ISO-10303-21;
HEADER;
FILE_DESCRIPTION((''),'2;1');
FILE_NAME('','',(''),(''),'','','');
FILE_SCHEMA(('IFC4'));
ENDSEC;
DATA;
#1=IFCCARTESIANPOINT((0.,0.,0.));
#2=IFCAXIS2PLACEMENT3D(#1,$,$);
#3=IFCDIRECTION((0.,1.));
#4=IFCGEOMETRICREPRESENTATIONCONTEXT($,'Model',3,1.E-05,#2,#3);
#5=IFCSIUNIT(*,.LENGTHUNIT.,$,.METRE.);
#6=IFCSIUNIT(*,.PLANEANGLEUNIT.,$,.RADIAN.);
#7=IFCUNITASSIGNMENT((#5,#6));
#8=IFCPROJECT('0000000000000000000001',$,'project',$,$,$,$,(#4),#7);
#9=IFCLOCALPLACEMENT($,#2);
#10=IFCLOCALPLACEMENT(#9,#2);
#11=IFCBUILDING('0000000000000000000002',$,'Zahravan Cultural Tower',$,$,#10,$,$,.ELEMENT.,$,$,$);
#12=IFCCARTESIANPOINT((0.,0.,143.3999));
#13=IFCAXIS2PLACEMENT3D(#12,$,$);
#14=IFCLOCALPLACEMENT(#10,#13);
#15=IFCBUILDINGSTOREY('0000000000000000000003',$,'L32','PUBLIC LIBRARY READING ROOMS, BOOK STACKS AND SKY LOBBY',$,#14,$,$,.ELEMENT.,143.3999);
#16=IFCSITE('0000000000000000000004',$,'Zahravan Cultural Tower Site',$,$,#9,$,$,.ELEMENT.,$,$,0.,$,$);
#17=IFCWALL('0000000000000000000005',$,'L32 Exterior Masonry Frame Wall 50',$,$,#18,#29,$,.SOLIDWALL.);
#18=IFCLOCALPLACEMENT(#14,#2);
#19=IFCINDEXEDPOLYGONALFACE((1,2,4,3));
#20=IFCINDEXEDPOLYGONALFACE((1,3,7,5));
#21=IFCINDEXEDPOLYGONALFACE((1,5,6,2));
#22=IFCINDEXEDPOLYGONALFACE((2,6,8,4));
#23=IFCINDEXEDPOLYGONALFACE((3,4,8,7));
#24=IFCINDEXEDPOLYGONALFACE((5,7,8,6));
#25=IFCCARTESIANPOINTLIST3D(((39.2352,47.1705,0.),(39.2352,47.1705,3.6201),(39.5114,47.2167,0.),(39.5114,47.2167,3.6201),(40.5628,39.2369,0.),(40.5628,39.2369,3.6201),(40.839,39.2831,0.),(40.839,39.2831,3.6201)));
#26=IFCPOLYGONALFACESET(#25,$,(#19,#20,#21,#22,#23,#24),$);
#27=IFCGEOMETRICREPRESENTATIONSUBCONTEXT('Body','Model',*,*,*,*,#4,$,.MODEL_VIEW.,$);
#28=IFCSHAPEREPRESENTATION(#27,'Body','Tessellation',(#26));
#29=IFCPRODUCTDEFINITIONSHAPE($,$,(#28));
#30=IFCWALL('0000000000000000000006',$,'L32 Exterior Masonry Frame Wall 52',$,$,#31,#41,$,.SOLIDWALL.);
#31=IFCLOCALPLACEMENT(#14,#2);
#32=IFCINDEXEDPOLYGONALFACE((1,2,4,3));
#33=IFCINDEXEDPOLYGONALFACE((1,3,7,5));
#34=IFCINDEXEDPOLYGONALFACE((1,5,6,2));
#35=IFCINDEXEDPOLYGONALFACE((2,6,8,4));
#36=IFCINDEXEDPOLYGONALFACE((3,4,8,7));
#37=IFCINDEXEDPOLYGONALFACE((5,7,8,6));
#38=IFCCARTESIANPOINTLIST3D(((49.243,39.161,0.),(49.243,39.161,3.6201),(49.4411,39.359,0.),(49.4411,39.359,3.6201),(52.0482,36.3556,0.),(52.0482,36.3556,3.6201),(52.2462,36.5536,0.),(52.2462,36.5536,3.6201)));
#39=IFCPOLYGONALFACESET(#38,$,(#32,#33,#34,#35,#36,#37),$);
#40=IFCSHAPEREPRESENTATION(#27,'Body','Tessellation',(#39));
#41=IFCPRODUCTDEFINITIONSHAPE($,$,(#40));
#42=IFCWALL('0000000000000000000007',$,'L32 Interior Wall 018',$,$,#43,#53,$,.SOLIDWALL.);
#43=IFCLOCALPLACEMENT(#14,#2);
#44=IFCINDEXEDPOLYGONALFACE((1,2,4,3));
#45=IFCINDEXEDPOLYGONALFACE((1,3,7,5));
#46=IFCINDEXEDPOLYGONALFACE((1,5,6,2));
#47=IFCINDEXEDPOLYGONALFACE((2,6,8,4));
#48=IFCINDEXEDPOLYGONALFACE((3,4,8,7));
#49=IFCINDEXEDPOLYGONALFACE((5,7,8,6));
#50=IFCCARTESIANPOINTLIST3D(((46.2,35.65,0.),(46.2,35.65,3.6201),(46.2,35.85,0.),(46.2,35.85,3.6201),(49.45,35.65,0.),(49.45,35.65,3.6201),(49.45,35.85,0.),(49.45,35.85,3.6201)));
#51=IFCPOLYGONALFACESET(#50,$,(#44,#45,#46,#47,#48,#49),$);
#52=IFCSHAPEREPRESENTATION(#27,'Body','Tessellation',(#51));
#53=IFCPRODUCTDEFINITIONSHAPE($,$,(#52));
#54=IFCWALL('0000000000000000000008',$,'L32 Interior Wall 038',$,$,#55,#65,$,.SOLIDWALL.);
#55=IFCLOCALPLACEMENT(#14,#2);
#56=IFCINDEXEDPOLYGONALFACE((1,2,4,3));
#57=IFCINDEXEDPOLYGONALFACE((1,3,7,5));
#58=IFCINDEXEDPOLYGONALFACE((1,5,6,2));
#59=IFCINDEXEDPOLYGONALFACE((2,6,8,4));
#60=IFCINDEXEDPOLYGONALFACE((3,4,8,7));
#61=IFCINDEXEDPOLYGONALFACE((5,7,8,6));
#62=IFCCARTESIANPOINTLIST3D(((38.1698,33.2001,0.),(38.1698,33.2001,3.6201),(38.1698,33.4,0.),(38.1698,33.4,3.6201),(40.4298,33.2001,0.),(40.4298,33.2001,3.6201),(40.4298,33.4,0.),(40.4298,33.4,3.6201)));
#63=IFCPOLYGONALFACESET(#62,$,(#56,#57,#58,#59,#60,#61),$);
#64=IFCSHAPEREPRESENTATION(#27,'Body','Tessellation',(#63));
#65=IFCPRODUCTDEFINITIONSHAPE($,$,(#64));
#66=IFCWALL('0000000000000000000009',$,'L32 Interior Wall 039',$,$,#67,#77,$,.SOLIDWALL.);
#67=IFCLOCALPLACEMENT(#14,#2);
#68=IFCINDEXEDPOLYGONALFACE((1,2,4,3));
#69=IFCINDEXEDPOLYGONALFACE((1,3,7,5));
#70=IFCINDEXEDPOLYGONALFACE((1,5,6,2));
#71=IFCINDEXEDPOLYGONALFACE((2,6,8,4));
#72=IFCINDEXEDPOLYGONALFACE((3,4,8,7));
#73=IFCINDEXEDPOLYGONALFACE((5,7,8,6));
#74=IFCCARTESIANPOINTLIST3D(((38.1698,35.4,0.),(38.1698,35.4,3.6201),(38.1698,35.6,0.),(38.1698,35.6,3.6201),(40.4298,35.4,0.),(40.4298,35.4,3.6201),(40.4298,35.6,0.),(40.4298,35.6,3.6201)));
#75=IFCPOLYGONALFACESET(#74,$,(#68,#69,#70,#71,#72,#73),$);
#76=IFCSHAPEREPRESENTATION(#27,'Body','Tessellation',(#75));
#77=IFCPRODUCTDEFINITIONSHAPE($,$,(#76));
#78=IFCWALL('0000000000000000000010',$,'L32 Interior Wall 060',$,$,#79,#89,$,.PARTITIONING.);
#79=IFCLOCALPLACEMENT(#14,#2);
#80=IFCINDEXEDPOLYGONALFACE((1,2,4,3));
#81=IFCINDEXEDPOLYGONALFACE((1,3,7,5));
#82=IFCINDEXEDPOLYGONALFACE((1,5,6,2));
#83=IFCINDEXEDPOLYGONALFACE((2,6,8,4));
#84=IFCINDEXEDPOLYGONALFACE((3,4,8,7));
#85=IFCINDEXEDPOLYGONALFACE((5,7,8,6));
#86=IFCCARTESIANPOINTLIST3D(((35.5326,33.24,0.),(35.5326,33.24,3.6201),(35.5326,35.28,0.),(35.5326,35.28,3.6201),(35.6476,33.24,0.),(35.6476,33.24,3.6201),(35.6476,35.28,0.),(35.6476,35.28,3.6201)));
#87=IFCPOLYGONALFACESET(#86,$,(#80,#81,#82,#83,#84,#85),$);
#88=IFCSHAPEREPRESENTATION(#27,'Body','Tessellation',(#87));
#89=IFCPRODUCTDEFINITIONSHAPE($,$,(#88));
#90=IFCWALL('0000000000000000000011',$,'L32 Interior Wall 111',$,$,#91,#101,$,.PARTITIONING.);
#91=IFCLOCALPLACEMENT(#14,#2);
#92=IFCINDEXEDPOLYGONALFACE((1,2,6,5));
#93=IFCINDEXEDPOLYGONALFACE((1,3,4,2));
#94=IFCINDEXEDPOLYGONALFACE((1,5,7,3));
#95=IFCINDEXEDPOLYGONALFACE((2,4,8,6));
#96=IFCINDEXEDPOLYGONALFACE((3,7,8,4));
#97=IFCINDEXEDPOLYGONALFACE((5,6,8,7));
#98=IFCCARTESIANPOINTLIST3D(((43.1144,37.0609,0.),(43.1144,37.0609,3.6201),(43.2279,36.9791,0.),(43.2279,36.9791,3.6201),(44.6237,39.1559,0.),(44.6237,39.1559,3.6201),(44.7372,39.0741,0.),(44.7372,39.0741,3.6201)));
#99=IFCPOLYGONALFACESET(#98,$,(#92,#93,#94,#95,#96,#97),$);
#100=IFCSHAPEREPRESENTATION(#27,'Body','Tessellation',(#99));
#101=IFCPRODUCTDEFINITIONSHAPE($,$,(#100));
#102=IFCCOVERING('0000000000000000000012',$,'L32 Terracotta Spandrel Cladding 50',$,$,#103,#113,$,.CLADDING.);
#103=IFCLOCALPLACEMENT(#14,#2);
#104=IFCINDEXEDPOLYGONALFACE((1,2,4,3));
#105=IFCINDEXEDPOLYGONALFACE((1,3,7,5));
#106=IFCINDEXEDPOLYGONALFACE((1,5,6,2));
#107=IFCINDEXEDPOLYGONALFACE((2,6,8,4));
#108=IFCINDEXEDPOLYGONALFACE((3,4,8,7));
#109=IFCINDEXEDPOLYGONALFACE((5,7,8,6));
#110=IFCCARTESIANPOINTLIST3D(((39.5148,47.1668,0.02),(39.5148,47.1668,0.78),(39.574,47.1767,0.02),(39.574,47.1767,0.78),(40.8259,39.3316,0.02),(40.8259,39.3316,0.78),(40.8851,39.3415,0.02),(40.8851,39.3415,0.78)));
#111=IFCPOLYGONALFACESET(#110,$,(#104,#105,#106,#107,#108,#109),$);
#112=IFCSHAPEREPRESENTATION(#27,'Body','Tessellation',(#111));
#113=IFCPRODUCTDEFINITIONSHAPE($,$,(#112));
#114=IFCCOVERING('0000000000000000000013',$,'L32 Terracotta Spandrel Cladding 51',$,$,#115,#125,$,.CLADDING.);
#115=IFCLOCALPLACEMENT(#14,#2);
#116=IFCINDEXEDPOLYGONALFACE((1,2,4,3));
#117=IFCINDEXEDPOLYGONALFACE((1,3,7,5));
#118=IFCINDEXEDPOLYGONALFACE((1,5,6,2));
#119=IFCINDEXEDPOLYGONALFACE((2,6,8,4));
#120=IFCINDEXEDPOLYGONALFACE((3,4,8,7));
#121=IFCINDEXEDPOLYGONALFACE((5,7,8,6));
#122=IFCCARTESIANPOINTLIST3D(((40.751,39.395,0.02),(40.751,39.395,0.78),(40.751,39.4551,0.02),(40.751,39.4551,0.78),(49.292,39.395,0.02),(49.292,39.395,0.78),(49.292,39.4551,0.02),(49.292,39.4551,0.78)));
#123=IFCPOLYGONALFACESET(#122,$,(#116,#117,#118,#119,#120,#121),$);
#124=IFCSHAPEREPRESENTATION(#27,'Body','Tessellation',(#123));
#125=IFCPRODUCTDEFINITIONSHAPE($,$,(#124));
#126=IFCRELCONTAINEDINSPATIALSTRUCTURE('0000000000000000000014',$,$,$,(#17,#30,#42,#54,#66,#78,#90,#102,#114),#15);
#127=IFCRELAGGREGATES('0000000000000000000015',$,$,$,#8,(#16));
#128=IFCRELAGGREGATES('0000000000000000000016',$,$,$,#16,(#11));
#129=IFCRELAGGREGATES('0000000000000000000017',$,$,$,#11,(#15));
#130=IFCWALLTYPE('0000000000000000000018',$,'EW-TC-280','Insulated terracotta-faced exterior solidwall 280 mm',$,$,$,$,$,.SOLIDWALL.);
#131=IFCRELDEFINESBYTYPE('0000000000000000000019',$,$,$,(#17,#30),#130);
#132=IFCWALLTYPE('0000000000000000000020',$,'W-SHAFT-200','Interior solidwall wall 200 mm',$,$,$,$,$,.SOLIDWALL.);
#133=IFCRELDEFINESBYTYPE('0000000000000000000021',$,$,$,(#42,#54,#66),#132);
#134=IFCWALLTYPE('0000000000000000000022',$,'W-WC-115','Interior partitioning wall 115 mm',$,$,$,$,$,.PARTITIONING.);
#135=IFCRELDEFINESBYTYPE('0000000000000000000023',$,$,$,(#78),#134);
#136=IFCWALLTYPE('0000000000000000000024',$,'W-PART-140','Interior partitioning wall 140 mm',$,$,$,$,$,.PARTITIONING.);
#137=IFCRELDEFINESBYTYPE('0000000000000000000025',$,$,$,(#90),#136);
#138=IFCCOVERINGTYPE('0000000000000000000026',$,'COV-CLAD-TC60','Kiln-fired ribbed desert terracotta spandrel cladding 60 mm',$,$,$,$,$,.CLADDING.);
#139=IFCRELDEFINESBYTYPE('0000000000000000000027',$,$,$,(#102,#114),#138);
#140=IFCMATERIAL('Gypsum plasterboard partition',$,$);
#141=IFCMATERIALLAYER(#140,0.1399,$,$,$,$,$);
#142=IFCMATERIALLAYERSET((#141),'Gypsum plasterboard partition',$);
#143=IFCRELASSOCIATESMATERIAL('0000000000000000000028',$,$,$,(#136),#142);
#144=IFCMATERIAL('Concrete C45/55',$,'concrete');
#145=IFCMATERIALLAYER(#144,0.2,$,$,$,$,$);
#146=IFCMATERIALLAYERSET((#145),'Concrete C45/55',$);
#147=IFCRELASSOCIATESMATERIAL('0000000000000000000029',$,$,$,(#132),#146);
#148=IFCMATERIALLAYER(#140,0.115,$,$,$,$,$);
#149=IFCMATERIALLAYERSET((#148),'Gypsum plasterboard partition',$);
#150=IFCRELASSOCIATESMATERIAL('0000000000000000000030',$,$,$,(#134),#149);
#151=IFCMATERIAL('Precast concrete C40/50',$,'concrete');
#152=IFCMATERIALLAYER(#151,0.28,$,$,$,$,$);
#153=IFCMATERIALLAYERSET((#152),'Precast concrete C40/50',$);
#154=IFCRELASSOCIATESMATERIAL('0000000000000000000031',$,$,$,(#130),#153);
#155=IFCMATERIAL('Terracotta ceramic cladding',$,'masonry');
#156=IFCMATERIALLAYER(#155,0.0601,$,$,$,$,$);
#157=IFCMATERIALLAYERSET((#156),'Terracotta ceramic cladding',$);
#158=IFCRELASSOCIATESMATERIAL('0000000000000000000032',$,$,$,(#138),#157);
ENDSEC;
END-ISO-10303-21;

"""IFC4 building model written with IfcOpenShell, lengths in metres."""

from ifc_helpers import new_model, si_unit, direction, frame, frame_2d, origin, origin_2d, place, context, subcontext, project, spatial, rectangle, extrude, source, transform, mapped, material, layer, layer_set, type_object, element, save


model = new_model("IFC4")

# Units and contexts
model_context = context("Model", 3, precision=1e-05, world=origin(), true_north=direction((0.0, 1.0)))
body_context = subcontext(model_context, "Body", "Model", "MODEL_VIEW")
ifc_project = project(units=[si_unit("LENGTHUNIT", "METRE"), si_unit("PLANEANGLEUNIT", "RADIAN")], contexts=[model_context])

# Site, building, storey
site_placement = place(None, origin())
site = spatial("IfcSite", under=ifc_project, at=site_placement, Name="Zahravan Cultural Tower Site", CompositionType="ELEMENT", RefElevation=0.0)
building_placement = place(site_placement, origin())
building = spatial("IfcBuilding", under=site, at=building_placement, Name="Zahravan Cultural Tower", CompositionType="ELEMENT")
storey_placement = place(building_placement, frame((0.0, 0.0, 143.3999)))
storey = spatial("IfcBuildingStorey", under=building, at=storey_placement, Name="L32", Description="PUBLIC LIBRARY READING ROOMS, BOOK STACKS AND SKY LOBBY", CompositionType="ELEMENT", Elevation=143.3999)

# Shared definitions
ifc_material_1 = material(Name="Gypsum plasterboard partition")
ifc_layer_1 = layer(ifc_material_1, 0.1399)
ifc_layer_set_1 = layer_set([ifc_layer_1], Name="Gypsum plasterboard partition")
wall_type_1 = type_object("IfcWallType", Name="W-PART-140", Description="Interior partitioning wall 140 mm", PredefinedType="PARTITIONING", material=ifc_layer_set_1)
ifc_material_2 = material(Name="Concrete C45/55", Category="concrete")
ifc_layer_2 = layer(ifc_material_2, 0.2)
ifc_layer_set_2 = layer_set([ifc_layer_2], Name="Concrete C45/55")
wall_type_2 = type_object("IfcWallType", Name="W-SHAFT-200", Description="Interior solidwall wall 200 mm", PredefinedType="SOLIDWALL", material=ifc_layer_set_2)
ifc_layer_3 = layer(ifc_material_1, 0.115)
ifc_layer_set_3 = layer_set([ifc_layer_3], Name="Gypsum plasterboard partition")
wall_type_3 = type_object("IfcWallType", Name="W-WC-115", Description="Interior partitioning wall 115 mm", PredefinedType="PARTITIONING", material=ifc_layer_set_3)

# Walls
ifc_material_3 = material(Name="Precast concrete C40/50", Category="concrete")
ifc_layer_4 = layer(ifc_material_3, 0.28)
ifc_layer_set_4 = layer_set([ifc_layer_4], Name="Precast concrete C40/50")
wall_type_4 = type_object("IfcWallType", Name="EW-TC-280", Description="Insulated terracotta-faced exterior solidwall 280 mm", PredefinedType="SOLIDWALL", material=ifc_layer_set_4)
shared_shape_1 = source(origin(), body_context, "Body", "SweptSolid", [
    extrude(rectangle(XDim=8.0439, YDim=0.28, at=frame_2d((4.022, 0.0))), origin(), (0.0, 0.0, 1.0), 3.6201),
])
wall_1_placement = place(storey_placement, frame((39.3733, 47.1936, 0.0), z_axis=(0.0, 0.0, 1.0), x_axis=(0.165049, -0.986285, 0.0)))
element("IfcWall", 1, at=wall_1_placement, inside=storey, type_object=wall_type_4, Name="L32 Exterior Masonry Frame Wall 50", PredefinedType="SOLIDWALL", context=body_context, shape_type="MappedRepresentation", body=[
    mapped(shared_shape_1, transform((0.0, 0.0, 0.0), x_axis=(1.0, 0.0, 0.0), y_axis=(0.0, 1.0, 0.0), z_axis=(0.0, 0.0, 1.0), scale=1.0)),
])
shared_shape_2 = source(origin(), body_context, "Body", "SweptSolid", [
    extrude(rectangle(XDim=3.9673, YDim=0.28, at=frame_2d((1.9836, 0.0))), origin(), (0.0, 0.0, 1.0), 3.6201),
])
wall_2_placement = place(storey_placement, frame((49.342, 39.26, 0.0), z_axis=(0.0, 0.0, 1.0), x_axis=(0.707076, -0.707138, 0.0)))
element("IfcWall", 2, at=wall_2_placement, inside=storey, type_object=wall_type_4, Name="L32 Exterior Masonry Frame Wall 52", PredefinedType="SOLIDWALL", context=body_context, shape_type="MappedRepresentation", body=[
    mapped(shared_shape_2, transform((0.0, 0.0, 0.0), x_axis=(1.0, 0.0, 0.0), y_axis=(0.0, 1.0, 0.0), z_axis=(0.0, 0.0, 1.0), scale=1.0)),
])
shared_shape_3 = source(origin(), body_context, "Body", "SweptSolid", [
    extrude(rectangle(XDim=3.25, YDim=0.2, at=frame_2d((1.625, 0.0))), origin(), (0.0, 0.0, 1.0), 3.6201),
])
wall_3_placement = place(storey_placement, frame((46.2, 35.75, 0.0), z_axis=(0.0, 0.0, 1.0), x_axis=(1.0, 0.0, 0.0)))
element("IfcWall", 3, at=wall_3_placement, inside=storey, type_object=wall_type_2, Name="L32 Interior Wall 018", PredefinedType="SOLIDWALL", context=body_context, shape_type="MappedRepresentation", body=[
    mapped(shared_shape_3, transform((0.0, 0.0, 0.0), x_axis=(1.0, 0.0, 0.0), y_axis=(0.0, 1.0, 0.0), z_axis=(0.0, 0.0, 1.0), scale=1.0)),
])
shared_shape_4 = source(origin(), body_context, "Body", "SweptSolid", [
    extrude(rectangle(XDim=2.26, YDim=0.2, at=frame_2d((1.1299, 0.0))), origin(), (0.0, 0.0, 1.0), 3.6201),
])
for number, where, z_axis, x_axis, name in (
    (4, (38.1699, 33.3, 0.0), (0.0, 0.0, 1.0), (1.0, 0.0, 0.0), "L32 Interior Wall 038"),
    (5, (38.1699, 35.5, 0.0), (0.0, 0.0, 1.0), (1.0, 0.0, 0.0), "L32 Interior Wall 039"),
):
    element("IfcWall", number, at=place(storey_placement, frame(where, z_axis=z_axis, x_axis=x_axis)), inside=storey, type_object=wall_type_2, Name=name, PredefinedType="SOLIDWALL", context=body_context, shape_type="MappedRepresentation", body=[
        mapped(shared_shape_4, transform((0.0, 0.0, 0.0), x_axis=(1.0, 0.0, 0.0), y_axis=(0.0, 1.0, 0.0), z_axis=(0.0, 0.0, 1.0), scale=1.0)),
    ])
shared_shape_5 = source(origin(), body_context, "Body", "SweptSolid", [
    extrude(rectangle(XDim=2.04, YDim=0.115, at=frame_2d((1.02, 0.0))), origin(), (0.0, 0.0, 1.0), 3.6201),
])
wall_4_placement = place(storey_placement, frame((35.5901, 33.24, 0.0), z_axis=(0.0, 0.0, 1.0), x_axis=(0.0, 1.0, 0.0)))
element("IfcWall", 6, at=wall_4_placement, inside=storey, type_object=wall_type_3, Name="L32 Interior Wall 060", PredefinedType="PARTITIONING", context=body_context, shape_type="MappedRepresentation", body=[
    mapped(shared_shape_5, transform((0.0, 0.0, 0.0), x_axis=(1.0, 0.0, 0.0), y_axis=(0.0, 1.0, 0.0), z_axis=(0.0, 0.0, 1.0), scale=1.0)),
])
shared_shape_6 = source(origin(), body_context, "Body", "SweptSolid", [
    extrude(rectangle(XDim=2.582, YDim=0.1399, at=frame_2d((1.291, 0.0))), origin(), (0.0, 0.0, 1.0), 3.6201),
])
wall_5_placement = place(storey_placement, frame((44.6804, 39.115, 0.0), z_axis=(0.0, 0.0, 1.0), x_axis=(-0.584534, -0.811369, 0.0)))
element("IfcWall", 7, at=wall_5_placement, inside=storey, type_object=wall_type_1, Name="L32 Interior Wall 111", PredefinedType="PARTITIONING", context=body_context, shape_type="MappedRepresentation", body=[
    mapped(shared_shape_6, transform((0.0, 0.0, 0.0), x_axis=(1.0, 0.0, 0.0), y_axis=(0.0, 1.0, 0.0), z_axis=(0.0, 0.0, 1.0), scale=1.0)),
])

# Coverings
ifc_material_4 = material(Name="Terracotta ceramic cladding", Category="masonry")
ifc_layer_5 = layer(ifc_material_4, 0.0601)
ifc_layer_set_5 = layer_set([ifc_layer_5], Name="Terracotta ceramic cladding")
covering_type = type_object("IfcCoveringType", Name="COV-CLAD-TC60", Description="Kiln-fired ribbed desert terracotta spandrel cladding 60 mm", PredefinedType="CLADDING", material=ifc_layer_set_5)
shared_shape_7 = source(origin(), body_context, "Body", "SweptSolid", [
    extrude(rectangle(XDim=7.9441, YDim=0.0601, at=origin_2d()), origin(), (0.0, 0.0, 1.0), 0.76),
])
covering_1_placement = place(storey_placement, frame((40.2, 43.2542, 0.02), z_axis=(0.0, 0.0, 1.0), x_axis=(0.165048, -0.986286, 0.0)))
element("IfcCovering", 8, at=covering_1_placement, inside=storey, type_object=covering_type, Name="L32 Terracotta Spandrel Cladding 50", PredefinedType="CLADDING", context=body_context, shape_type="MappedRepresentation", body=[
    mapped(shared_shape_7, transform((0.0, 0.0, 0.0), x_axis=(1.0, 0.0, 0.0), y_axis=(0.0, 1.0, 0.0), z_axis=(0.0, 0.0, 1.0), scale=1.0)),
])
shared_shape_8 = source(origin(), body_context, "Body", "SweptSolid", [
    extrude(rectangle(XDim=8.541, YDim=0.0601, at=origin_2d()), origin(), (0.0, 0.0, 1.0), 0.76),
])
covering_2_placement = place(storey_placement, frame((45.0215, 39.425, 0.02), z_axis=(0.0, 0.0, 1.0), x_axis=(1.0, 0.0, 0.0)))
element("IfcCovering", 9, at=covering_2_placement, inside=storey, type_object=covering_type, Name="L32 Terracotta Spandrel Cladding 51", PredefinedType="CLADDING", context=body_context, shape_type="MappedRepresentation", body=[
    mapped(shared_shape_8, transform((0.0, 0.0, 0.0), x_axis=(1.0, 0.0, 0.0), y_axis=(0.0, 1.0, 0.0), z_axis=(0.0, 0.0, 1.0), scale=1.0)),
])

save(model, "model.ifc")
